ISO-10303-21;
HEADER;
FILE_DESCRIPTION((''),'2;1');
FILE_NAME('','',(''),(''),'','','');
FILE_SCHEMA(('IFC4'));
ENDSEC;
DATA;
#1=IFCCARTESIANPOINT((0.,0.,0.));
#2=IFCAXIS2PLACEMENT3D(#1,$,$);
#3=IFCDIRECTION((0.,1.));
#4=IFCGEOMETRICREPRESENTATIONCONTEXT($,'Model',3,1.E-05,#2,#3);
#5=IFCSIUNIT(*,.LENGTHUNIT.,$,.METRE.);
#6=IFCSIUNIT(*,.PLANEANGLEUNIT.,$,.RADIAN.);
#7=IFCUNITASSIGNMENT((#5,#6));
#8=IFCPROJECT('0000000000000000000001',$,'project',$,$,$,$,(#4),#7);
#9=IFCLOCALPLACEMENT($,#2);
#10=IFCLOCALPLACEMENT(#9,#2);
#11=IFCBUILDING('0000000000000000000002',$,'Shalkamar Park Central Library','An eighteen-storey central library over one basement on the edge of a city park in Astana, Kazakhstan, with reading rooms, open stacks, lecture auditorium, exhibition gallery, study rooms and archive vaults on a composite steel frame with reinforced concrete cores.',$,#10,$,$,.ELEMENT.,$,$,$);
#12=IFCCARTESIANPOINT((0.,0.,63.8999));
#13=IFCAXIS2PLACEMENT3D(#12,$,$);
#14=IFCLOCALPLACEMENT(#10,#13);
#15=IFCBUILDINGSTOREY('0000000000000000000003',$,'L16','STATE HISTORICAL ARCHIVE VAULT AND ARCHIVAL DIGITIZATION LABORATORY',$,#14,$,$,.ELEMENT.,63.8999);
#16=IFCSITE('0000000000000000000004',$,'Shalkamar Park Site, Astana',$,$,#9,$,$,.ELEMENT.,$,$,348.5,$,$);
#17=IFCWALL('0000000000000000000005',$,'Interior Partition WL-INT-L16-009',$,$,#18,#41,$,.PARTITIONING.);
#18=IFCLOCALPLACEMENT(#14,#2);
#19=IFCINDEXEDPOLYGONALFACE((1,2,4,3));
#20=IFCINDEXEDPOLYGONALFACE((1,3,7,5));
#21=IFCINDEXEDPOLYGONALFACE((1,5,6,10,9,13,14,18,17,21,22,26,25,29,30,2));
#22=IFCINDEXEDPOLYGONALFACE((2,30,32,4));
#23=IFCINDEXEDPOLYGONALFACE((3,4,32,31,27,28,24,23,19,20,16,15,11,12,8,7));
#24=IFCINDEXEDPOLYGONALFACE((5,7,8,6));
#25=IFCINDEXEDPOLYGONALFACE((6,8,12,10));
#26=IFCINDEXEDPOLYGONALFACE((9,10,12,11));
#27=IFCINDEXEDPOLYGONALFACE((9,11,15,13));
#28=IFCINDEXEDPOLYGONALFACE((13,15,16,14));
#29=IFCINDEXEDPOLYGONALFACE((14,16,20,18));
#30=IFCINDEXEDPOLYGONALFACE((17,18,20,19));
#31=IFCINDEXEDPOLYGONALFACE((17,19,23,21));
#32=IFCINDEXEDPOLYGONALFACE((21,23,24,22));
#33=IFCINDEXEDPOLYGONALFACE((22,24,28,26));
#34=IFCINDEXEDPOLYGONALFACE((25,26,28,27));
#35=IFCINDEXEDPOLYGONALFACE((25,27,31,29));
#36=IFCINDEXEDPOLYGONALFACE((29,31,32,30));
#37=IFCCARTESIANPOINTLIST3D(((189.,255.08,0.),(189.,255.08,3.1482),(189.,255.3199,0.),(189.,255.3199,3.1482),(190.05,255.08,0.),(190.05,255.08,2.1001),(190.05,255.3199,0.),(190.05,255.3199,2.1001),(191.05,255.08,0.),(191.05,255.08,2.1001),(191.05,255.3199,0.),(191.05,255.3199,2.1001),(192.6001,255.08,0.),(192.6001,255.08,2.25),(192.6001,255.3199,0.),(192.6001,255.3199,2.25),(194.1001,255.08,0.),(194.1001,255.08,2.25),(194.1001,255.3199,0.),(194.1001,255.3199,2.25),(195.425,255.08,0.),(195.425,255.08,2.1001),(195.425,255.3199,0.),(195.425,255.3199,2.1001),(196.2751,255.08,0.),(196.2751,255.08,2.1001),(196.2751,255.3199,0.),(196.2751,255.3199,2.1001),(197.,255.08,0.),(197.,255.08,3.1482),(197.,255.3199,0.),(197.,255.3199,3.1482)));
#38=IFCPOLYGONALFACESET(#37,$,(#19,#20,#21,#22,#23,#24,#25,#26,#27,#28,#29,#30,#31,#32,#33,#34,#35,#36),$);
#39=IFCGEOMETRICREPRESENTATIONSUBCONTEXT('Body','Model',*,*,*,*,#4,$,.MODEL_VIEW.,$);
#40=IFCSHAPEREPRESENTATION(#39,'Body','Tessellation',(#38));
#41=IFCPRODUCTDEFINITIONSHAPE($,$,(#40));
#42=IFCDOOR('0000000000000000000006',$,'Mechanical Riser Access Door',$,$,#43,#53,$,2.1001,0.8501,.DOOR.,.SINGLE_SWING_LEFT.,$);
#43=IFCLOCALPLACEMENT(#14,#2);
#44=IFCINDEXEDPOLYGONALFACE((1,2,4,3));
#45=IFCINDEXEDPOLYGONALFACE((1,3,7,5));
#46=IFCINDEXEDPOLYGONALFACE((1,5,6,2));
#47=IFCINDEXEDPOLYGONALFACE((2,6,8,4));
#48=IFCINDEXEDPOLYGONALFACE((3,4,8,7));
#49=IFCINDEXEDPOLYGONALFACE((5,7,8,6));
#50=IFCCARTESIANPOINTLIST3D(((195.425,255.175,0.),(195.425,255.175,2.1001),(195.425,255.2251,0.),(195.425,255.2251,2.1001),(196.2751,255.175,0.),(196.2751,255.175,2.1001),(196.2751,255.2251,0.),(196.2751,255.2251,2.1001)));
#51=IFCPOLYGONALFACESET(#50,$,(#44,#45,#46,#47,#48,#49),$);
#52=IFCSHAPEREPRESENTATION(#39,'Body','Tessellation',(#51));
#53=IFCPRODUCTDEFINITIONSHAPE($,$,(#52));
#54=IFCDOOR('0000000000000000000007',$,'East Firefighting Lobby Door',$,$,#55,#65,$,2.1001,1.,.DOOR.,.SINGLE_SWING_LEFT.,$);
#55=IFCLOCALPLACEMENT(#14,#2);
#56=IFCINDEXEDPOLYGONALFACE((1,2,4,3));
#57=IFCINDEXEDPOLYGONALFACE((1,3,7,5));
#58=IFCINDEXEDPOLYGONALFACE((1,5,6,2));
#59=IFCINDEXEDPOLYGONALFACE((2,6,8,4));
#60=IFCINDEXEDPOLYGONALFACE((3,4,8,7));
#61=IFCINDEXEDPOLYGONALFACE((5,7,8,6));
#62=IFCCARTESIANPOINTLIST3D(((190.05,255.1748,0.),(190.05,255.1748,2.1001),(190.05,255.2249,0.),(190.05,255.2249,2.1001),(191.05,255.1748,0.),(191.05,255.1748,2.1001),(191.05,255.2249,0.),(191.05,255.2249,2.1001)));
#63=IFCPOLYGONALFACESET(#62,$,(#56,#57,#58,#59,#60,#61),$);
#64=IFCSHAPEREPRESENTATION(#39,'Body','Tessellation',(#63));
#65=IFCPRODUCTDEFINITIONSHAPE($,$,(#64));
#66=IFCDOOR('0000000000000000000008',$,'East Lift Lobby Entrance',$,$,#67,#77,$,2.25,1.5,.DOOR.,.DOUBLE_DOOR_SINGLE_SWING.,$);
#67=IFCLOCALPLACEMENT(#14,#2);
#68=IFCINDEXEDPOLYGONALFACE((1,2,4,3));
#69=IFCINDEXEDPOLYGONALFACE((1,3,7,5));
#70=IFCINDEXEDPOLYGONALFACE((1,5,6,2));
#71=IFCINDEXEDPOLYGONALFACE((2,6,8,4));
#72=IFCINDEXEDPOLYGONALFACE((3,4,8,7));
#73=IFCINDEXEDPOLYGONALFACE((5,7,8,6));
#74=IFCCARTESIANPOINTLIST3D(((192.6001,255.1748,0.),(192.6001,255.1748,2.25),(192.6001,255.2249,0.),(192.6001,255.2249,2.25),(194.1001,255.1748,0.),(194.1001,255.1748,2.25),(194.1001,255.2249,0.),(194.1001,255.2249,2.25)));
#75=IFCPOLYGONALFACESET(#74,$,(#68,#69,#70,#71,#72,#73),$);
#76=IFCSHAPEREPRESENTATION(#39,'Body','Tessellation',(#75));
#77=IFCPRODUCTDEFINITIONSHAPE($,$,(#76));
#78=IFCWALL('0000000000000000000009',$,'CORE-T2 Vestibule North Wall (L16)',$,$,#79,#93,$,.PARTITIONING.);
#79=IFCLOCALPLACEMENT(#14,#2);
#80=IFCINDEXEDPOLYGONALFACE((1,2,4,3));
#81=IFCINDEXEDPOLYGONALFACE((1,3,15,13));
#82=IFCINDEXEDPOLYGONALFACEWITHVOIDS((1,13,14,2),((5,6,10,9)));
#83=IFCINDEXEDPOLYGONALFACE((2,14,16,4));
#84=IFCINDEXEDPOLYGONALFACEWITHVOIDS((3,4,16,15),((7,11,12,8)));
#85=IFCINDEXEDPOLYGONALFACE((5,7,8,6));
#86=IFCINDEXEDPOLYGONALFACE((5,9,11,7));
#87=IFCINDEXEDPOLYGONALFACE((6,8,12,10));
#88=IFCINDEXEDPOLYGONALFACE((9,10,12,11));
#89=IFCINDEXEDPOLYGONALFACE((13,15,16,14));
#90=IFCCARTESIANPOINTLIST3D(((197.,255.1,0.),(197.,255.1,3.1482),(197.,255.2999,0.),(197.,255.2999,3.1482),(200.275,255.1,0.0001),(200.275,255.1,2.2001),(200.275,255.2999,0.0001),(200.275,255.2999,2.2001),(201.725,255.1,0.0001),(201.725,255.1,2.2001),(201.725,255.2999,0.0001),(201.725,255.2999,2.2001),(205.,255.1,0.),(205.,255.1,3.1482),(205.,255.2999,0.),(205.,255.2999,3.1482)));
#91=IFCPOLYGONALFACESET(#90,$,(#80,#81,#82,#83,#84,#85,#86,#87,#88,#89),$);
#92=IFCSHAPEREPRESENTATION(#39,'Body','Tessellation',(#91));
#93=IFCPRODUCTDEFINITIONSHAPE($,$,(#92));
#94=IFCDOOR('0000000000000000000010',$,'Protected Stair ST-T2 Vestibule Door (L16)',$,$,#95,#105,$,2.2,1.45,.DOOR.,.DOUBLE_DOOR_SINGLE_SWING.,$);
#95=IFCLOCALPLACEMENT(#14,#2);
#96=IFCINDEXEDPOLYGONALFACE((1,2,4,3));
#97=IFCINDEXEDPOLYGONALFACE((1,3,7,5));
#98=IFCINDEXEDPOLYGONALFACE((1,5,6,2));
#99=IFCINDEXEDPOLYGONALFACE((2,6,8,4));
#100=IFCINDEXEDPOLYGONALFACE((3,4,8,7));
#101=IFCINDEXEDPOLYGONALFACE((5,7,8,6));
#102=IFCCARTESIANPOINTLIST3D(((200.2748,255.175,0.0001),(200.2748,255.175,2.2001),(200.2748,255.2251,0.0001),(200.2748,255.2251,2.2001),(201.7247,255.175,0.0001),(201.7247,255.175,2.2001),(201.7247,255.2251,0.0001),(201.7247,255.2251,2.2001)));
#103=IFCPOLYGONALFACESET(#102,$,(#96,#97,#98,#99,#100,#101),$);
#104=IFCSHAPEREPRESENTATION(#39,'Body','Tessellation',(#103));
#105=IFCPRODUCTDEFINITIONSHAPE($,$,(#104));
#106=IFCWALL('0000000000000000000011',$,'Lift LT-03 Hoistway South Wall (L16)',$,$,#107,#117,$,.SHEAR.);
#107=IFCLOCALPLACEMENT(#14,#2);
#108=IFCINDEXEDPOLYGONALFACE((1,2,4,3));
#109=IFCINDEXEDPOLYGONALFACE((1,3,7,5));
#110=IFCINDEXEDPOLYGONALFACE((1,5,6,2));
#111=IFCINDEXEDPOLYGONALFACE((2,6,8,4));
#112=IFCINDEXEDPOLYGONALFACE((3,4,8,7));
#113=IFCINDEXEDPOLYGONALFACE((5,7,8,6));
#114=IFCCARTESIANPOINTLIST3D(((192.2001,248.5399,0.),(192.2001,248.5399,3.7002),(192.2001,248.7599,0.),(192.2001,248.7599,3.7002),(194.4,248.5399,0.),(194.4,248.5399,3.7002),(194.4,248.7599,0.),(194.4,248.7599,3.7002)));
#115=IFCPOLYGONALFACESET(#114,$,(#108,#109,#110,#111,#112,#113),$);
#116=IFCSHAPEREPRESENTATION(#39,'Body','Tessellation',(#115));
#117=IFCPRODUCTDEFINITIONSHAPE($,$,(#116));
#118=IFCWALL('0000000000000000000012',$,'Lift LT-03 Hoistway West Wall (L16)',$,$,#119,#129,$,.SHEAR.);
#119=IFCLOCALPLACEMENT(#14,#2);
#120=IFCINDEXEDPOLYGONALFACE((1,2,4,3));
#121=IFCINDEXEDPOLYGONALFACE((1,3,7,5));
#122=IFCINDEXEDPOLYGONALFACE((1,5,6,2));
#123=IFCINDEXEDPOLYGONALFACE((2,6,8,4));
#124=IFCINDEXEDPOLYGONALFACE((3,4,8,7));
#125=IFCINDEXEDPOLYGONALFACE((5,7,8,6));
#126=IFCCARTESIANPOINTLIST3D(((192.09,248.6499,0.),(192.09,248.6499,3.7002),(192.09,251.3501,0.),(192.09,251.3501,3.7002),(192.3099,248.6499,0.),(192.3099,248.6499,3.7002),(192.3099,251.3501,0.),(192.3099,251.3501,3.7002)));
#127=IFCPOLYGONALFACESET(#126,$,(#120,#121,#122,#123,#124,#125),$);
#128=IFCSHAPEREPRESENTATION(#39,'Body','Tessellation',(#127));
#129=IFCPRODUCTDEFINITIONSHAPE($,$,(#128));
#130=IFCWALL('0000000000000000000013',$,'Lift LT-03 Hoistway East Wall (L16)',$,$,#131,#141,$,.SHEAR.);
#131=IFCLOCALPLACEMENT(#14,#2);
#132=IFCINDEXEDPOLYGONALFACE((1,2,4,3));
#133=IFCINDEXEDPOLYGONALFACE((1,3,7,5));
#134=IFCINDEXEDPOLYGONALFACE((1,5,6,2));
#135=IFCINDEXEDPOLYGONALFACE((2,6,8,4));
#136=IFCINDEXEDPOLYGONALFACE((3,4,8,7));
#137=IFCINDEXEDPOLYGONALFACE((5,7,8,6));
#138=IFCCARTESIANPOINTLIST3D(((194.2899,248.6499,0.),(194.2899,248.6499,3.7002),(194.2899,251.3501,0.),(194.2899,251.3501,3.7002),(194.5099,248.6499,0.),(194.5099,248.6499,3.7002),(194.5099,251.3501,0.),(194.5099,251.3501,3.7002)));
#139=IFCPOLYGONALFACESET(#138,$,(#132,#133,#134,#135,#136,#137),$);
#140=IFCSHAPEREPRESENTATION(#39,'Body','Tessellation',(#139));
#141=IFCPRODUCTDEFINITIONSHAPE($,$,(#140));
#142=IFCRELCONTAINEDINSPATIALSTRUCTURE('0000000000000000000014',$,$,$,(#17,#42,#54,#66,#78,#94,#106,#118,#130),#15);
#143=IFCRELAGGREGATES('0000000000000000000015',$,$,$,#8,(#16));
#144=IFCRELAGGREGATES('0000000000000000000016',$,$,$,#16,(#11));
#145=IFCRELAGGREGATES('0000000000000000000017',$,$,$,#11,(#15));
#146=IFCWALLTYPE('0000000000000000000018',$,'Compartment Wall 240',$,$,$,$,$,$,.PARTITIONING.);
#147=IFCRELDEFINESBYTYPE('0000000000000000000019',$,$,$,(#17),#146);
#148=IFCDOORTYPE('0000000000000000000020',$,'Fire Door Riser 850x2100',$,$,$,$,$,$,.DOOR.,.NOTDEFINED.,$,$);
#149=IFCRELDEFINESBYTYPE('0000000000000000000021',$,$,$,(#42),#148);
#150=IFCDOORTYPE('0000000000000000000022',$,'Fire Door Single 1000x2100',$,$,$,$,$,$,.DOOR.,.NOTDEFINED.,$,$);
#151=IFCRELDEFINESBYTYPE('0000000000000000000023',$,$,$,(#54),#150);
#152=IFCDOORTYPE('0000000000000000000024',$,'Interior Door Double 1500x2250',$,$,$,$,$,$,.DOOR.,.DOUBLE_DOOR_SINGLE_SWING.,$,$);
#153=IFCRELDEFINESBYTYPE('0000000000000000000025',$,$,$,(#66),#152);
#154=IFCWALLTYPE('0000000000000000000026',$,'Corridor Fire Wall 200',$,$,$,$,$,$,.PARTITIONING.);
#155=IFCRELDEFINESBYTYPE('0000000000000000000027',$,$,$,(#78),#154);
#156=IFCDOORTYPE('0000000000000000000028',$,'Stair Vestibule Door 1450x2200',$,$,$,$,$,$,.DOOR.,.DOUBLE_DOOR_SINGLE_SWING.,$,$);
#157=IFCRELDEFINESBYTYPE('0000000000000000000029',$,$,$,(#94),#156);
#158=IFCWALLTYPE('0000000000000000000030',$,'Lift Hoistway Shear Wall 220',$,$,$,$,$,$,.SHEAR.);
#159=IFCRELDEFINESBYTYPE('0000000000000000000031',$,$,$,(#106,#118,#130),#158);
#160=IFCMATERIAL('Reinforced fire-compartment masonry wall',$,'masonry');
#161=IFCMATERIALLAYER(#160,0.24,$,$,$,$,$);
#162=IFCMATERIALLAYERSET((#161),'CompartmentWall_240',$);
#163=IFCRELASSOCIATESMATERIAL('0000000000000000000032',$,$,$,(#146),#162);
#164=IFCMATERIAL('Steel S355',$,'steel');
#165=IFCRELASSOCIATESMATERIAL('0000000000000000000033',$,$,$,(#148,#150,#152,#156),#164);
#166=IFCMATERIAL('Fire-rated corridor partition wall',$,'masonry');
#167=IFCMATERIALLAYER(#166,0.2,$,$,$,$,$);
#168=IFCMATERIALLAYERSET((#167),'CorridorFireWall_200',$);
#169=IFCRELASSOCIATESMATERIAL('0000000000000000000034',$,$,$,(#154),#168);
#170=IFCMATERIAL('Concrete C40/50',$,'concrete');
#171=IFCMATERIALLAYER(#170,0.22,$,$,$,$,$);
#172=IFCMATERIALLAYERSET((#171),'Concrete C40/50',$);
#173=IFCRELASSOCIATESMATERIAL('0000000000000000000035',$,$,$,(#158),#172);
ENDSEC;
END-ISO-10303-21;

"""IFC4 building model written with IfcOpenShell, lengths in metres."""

from ifc_helpers import new_model, si_unit, direction, frame, frame_2d, origin, place, context, subcontext, project, spatial, rectangle, extrude, material, layer, layer_set, type_object, element, fill, save


model = new_model("IFC4")

# Units and contexts
model_context = context("Model", 3, precision=1e-05, world=origin(), true_north=direction((0.0, 1.0)))
body_context = subcontext(model_context, "Body", "Model", "MODEL_VIEW")
ifc_project = project(units=[si_unit("LENGTHUNIT", "METRE"), si_unit("PLANEANGLEUNIT", "RADIAN")], contexts=[model_context])

# Site, building, storey
site_placement = place(None, origin())
site = spatial("IfcSite", under=ifc_project, at=site_placement, Name="Shalkamar Park Site, Astana", CompositionType="ELEMENT", RefElevation=348.5)
building_placement = place(site_placement, origin())
building = spatial("IfcBuilding", under=site, at=building_placement, Name="Shalkamar Park Central Library", Description="An eighteen-storey central library over one basement on the edge of a city park in Astana, Kazakhstan, with reading rooms, open stacks, lecture auditorium, exhibition gallery, study rooms and archive vaults on a composite steel frame with reinforced concrete cores.", CompositionType="ELEMENT")
storey_placement = place(building_placement, frame((0.0, 0.0, 63.8999)))
storey = spatial("IfcBuildingStorey", under=building, at=storey_placement, Name="L16", Description="STATE HISTORICAL ARCHIVE VAULT AND ARCHIVAL DIGITIZATION LABORATORY", CompositionType="ELEMENT", Elevation=63.8999)

# Shared definitions
ifc_material_1 = material(Name="Steel S355", Category="steel")

# Shared definitions
ifc_material_2 = material(Name="Reinforced fire-compartment masonry wall", Category="masonry")
ifc_layer_1 = layer(ifc_material_2, 0.24)
ifc_layer_set_1 = layer_set([ifc_layer_1], Name="CompartmentWall_240")
wall_type_1 = type_object("IfcWallType", Name="Compartment Wall 240", PredefinedType="PARTITIONING", material=ifc_layer_set_1)

# Wall, openings, doors
wall_1_placement = place(storey_placement, frame((189.0, 255.2, 0.0), z_axis=(0.0, 0.0, 1.0), x_axis=(1.0, 0.0, 0.0)))
wall_1 = element("IfcWall", 1, at=wall_1_placement, inside=storey, type_object=wall_type_1, Name="Interior Partition WL-INT-L16-009", PredefinedType="PARTITIONING", context=body_context, shape_type="SweptSolid", body=[
    extrude(rectangle(XDim=8.0, YDim=0.24, at=frame_2d((4.0, 0.0))), origin(), (0.0, 0.0, 1.0), 3.1482),
])
opening_1_placement = place(wall_1_placement, frame((1.05, 0.0, 0.0)))
opening_1 = element("IfcOpeningElement", 2, at=opening_1_placement, cuts=wall_1, PredefinedType="OPENING", context=body_context, shape_type="SweptSolid", body=[
    extrude(rectangle(XDim=1.0, YDim=2.1001, at=frame_2d((0.5, 1.05))), frame((0.0, 0.1348, 0.0), z_axis=(0.0, -1.0, 0.0), x_axis=(1.0, 0.0, 0.0)), (0.0, 0.0, 1.0), 0.2698),
])
opening_2_placement = place(wall_1_placement, frame((3.6001, 0.0, 0.0)))
opening_2 = element("IfcOpeningElement", 3, at=opening_2_placement, cuts=wall_1, PredefinedType="OPENING", context=body_context, shape_type="SweptSolid", body=[
    extrude(rectangle(XDim=1.5, YDim=2.25, at=frame_2d((0.75, 1.125))), frame((0.0, 0.1348, 0.0), z_axis=(0.0, -1.0, 0.0), x_axis=(1.0, 0.0, 0.0)), (0.0, 0.0, 1.0), 0.2698),
])
opening_3_placement = place(wall_1_placement, frame((6.425, 0.0, 0.0)))
opening_3 = element("IfcOpeningElement", 4, at=opening_3_placement, cuts=wall_1, PredefinedType="OPENING", context=body_context, shape_type="SweptSolid", body=[
    extrude(rectangle(XDim=0.8501, YDim=2.1001, at=frame_2d((0.425, 1.05))), frame((0.0, 0.1348, 0.0), z_axis=(0.0, -1.0, 0.0), x_axis=(1.0, 0.0, 0.0)), (0.0, 0.0, 1.0), 0.2698),
])
door_type_1 = type_object("IfcDoorType", Name="Fire Door Riser 850x2100", OperationType="NOTDEFINED", PredefinedType="DOOR", material=ifc_material_1)
door_1_placement = place(opening_3_placement, frame((0.8501, 0.0, 0.0), z_axis=(0.0, 0.0, 1.0), x_axis=(-1.0, 0.0, 0.0)))
door_1 = element("IfcDoor", 5, at=door_1_placement, inside=storey, type_object=door_type_1, Name="Mechanical Riser Access Door", OperationType="SINGLE_SWING_LEFT", OverallHeight=2.1001, OverallWidth=0.8501, PredefinedType="DOOR", context=body_context, shape_type="SweptSolid", body=[
    extrude(rectangle(XDim=0.8501, YDim=2.1001, at=frame_2d((0.425, 1.05))), frame((0.0, 0.0249, 0.0), z_axis=(0.0, -1.0, 0.0), x_axis=(1.0, 0.0, 0.0)), (0.0, 0.0, 1.0), 0.05),
])
fill(opening_3, door_1)
door_type_2 = type_object("IfcDoorType", Name="Fire Door Single 1000x2100", OperationType="NOTDEFINED", PredefinedType="DOOR", material=ifc_material_1)
door_2_placement = place(opening_1_placement, origin())
door_2 = element("IfcDoor", 6, at=door_2_placement, inside=storey, type_object=door_type_2, Name="East Firefighting Lobby Door", OperationType="SINGLE_SWING_LEFT", OverallHeight=2.1001, OverallWidth=1.0, PredefinedType="DOOR", context=body_context, shape_type="SweptSolid", body=[
    extrude(rectangle(XDim=1.0, YDim=2.1001, at=frame_2d((0.5, 1.05))), frame((0.0, 0.0249, 0.0), z_axis=(0.0, -1.0, 0.0), x_axis=(1.0, 0.0, 0.0)), (0.0, 0.0, 1.0), 0.05),
])
fill(opening_1, door_2)
door_type_3 = type_object("IfcDoorType", Name="Interior Door Double 1500x2250", OperationType="DOUBLE_DOOR_SINGLE_SWING", PredefinedType="DOOR", material=ifc_material_1)
door_3_placement = place(opening_2_placement, origin())
door_3 = element("IfcDoor", 7, at=door_3_placement, inside=storey, type_object=door_type_3, Name="East Lift Lobby Entrance", OperationType="DOUBLE_DOOR_SINGLE_SWING", OverallHeight=2.25, OverallWidth=1.5, PredefinedType="DOOR", context=body_context, shape_type="SweptSolid", body=[
    extrude(rectangle(XDim=1.5, YDim=2.25, at=frame_2d((0.75, 1.125))), frame((0.0, 0.0249, 0.0), z_axis=(0.0, -1.0, 0.0), x_axis=(1.0, 0.0, 0.0)), (0.0, 0.0, 1.0), 0.05),
])
fill(opening_2, door_3)

# Wall, opening, door
ifc_material_3 = material(Name="Fire-rated corridor partition wall", Category="masonry")
ifc_layer_2 = layer(ifc_material_3, 0.2)
ifc_layer_set_2 = layer_set([ifc_layer_2], Name="CorridorFireWall_200")
wall_type_2 = type_object("IfcWallType", Name="Corridor Fire Wall 200", PredefinedType="PARTITIONING", material=ifc_layer_set_2)
wall_2_placement = place(storey_placement, frame((197.0, 255.2, 0.0), z_axis=(0.0, 0.0, 1.0), x_axis=(1.0, 0.0, 0.0)))
wall_2 = element("IfcWall", 8, at=wall_2_placement, inside=storey, type_object=wall_type_2, Name="CORE-T2 Vestibule North Wall (L16)", PredefinedType="PARTITIONING", context=body_context, shape_type="SweptSolid", body=[
    extrude(rectangle(XDim=8.0, YDim=0.2, at=frame_2d((4.0, 0.0))), origin(), (0.0, 0.0, 1.0), 3.1482),
])
opening_4_placement = place(wall_2_placement, frame((3.2749, 0.0, 0.0)))
opening_4 = element("IfcOpeningElement", 9, at=opening_4_placement, cuts=wall_2, PredefinedType="OPENING", context=body_context, shape_type="SweptSolid", body=[
    extrude(rectangle(XDim=1.45, YDim=2.2, at=frame_2d((0.7251, 1.1001))), frame((0.0, 0.1147, 0.0), z_axis=(0.0, -1.0, 0.0), x_axis=(1.0, 0.0, 0.0)), (0.0, 0.0, 1.0), 0.2297),
])
door_type_4 = type_object("IfcDoorType", Name="Stair Vestibule Door 1450x2200", OperationType="DOUBLE_DOOR_SINGLE_SWING", PredefinedType="DOOR", material=ifc_material_1)
door_4_placement = place(opening_4_placement, frame((1.45, 0.0, 0.0), z_axis=(0.0, 0.0, 1.0), x_axis=(-1.0, 0.0, 0.0)))
door_4 = element("IfcDoor", 10, at=door_4_placement, inside=storey, type_object=door_type_4, Name="Protected Stair ST-T2 Vestibule Door (L16)", OperationType="DOUBLE_DOOR_SINGLE_SWING", OverallHeight=2.2, OverallWidth=1.45, PredefinedType="DOOR", context=body_context, shape_type="SweptSolid", body=[
    extrude(rectangle(XDim=1.45, YDim=2.2, at=frame_2d((0.7251, 1.1001))), frame((0.0, 0.0249, 0.0), z_axis=(0.0, -1.0, 0.0), x_axis=(1.0, 0.0, 0.0)), (0.0, 0.0, 1.0), 0.05),
])
fill(opening_4, door_4)
ifc_material_4 = material(Name="Concrete C40/50", Category="concrete")
ifc_layer_3 = layer(ifc_material_4, 0.22)
ifc_layer_set_3 = layer_set([ifc_layer_3], Name="Concrete C40/50")
wall_type_3 = type_object("IfcWallType", Name="Lift Hoistway Shear Wall 220", PredefinedType="SHEAR", material=ifc_layer_set_3)

# Walls
wall_3_placement = place(storey_placement, frame((192.2, 248.6499, 0.0), z_axis=(0.0, 0.0, 1.0), x_axis=(1.0, 0.0, 0.0)))
element("IfcWall", 11, at=wall_3_placement, inside=storey, type_object=wall_type_3, Name="Lift LT-03 Hoistway South Wall (L16)", PredefinedType="SHEAR", context=body_context, shape_type="SweptSolid", body=[
    extrude(rectangle(XDim=2.2, YDim=0.22, at=frame_2d((1.1001, 0.0))), origin(), (0.0, 0.0, 1.0), 3.7002),
])
for number, where, z_axis, x_axis, name in (
    (12, (192.2, 248.6499, 0.0), (0.0, 0.0, 1.0), (0.0, 1.0, 0.0), "Lift LT-03 Hoistway West Wall (L16)"),
    (13, (194.3999, 248.6499, 0.0), (0.0, 0.0, 1.0), (0.0, 1.0, 0.0), "Lift LT-03 Hoistway East Wall (L16)"),
):
    element("IfcWall", number, at=place(storey_placement, frame(where, z_axis=z_axis, x_axis=x_axis)), inside=storey, type_object=wall_type_3, Name=name, PredefinedType="SHEAR", context=body_context, shape_type="SweptSolid", body=[
        extrude(rectangle(XDim=2.7002, YDim=0.22, at=frame_2d((1.3501, 0.0))), origin(), (0.0, 0.0, 1.0), 3.7002),
    ])

save(model, "model.ifc")
